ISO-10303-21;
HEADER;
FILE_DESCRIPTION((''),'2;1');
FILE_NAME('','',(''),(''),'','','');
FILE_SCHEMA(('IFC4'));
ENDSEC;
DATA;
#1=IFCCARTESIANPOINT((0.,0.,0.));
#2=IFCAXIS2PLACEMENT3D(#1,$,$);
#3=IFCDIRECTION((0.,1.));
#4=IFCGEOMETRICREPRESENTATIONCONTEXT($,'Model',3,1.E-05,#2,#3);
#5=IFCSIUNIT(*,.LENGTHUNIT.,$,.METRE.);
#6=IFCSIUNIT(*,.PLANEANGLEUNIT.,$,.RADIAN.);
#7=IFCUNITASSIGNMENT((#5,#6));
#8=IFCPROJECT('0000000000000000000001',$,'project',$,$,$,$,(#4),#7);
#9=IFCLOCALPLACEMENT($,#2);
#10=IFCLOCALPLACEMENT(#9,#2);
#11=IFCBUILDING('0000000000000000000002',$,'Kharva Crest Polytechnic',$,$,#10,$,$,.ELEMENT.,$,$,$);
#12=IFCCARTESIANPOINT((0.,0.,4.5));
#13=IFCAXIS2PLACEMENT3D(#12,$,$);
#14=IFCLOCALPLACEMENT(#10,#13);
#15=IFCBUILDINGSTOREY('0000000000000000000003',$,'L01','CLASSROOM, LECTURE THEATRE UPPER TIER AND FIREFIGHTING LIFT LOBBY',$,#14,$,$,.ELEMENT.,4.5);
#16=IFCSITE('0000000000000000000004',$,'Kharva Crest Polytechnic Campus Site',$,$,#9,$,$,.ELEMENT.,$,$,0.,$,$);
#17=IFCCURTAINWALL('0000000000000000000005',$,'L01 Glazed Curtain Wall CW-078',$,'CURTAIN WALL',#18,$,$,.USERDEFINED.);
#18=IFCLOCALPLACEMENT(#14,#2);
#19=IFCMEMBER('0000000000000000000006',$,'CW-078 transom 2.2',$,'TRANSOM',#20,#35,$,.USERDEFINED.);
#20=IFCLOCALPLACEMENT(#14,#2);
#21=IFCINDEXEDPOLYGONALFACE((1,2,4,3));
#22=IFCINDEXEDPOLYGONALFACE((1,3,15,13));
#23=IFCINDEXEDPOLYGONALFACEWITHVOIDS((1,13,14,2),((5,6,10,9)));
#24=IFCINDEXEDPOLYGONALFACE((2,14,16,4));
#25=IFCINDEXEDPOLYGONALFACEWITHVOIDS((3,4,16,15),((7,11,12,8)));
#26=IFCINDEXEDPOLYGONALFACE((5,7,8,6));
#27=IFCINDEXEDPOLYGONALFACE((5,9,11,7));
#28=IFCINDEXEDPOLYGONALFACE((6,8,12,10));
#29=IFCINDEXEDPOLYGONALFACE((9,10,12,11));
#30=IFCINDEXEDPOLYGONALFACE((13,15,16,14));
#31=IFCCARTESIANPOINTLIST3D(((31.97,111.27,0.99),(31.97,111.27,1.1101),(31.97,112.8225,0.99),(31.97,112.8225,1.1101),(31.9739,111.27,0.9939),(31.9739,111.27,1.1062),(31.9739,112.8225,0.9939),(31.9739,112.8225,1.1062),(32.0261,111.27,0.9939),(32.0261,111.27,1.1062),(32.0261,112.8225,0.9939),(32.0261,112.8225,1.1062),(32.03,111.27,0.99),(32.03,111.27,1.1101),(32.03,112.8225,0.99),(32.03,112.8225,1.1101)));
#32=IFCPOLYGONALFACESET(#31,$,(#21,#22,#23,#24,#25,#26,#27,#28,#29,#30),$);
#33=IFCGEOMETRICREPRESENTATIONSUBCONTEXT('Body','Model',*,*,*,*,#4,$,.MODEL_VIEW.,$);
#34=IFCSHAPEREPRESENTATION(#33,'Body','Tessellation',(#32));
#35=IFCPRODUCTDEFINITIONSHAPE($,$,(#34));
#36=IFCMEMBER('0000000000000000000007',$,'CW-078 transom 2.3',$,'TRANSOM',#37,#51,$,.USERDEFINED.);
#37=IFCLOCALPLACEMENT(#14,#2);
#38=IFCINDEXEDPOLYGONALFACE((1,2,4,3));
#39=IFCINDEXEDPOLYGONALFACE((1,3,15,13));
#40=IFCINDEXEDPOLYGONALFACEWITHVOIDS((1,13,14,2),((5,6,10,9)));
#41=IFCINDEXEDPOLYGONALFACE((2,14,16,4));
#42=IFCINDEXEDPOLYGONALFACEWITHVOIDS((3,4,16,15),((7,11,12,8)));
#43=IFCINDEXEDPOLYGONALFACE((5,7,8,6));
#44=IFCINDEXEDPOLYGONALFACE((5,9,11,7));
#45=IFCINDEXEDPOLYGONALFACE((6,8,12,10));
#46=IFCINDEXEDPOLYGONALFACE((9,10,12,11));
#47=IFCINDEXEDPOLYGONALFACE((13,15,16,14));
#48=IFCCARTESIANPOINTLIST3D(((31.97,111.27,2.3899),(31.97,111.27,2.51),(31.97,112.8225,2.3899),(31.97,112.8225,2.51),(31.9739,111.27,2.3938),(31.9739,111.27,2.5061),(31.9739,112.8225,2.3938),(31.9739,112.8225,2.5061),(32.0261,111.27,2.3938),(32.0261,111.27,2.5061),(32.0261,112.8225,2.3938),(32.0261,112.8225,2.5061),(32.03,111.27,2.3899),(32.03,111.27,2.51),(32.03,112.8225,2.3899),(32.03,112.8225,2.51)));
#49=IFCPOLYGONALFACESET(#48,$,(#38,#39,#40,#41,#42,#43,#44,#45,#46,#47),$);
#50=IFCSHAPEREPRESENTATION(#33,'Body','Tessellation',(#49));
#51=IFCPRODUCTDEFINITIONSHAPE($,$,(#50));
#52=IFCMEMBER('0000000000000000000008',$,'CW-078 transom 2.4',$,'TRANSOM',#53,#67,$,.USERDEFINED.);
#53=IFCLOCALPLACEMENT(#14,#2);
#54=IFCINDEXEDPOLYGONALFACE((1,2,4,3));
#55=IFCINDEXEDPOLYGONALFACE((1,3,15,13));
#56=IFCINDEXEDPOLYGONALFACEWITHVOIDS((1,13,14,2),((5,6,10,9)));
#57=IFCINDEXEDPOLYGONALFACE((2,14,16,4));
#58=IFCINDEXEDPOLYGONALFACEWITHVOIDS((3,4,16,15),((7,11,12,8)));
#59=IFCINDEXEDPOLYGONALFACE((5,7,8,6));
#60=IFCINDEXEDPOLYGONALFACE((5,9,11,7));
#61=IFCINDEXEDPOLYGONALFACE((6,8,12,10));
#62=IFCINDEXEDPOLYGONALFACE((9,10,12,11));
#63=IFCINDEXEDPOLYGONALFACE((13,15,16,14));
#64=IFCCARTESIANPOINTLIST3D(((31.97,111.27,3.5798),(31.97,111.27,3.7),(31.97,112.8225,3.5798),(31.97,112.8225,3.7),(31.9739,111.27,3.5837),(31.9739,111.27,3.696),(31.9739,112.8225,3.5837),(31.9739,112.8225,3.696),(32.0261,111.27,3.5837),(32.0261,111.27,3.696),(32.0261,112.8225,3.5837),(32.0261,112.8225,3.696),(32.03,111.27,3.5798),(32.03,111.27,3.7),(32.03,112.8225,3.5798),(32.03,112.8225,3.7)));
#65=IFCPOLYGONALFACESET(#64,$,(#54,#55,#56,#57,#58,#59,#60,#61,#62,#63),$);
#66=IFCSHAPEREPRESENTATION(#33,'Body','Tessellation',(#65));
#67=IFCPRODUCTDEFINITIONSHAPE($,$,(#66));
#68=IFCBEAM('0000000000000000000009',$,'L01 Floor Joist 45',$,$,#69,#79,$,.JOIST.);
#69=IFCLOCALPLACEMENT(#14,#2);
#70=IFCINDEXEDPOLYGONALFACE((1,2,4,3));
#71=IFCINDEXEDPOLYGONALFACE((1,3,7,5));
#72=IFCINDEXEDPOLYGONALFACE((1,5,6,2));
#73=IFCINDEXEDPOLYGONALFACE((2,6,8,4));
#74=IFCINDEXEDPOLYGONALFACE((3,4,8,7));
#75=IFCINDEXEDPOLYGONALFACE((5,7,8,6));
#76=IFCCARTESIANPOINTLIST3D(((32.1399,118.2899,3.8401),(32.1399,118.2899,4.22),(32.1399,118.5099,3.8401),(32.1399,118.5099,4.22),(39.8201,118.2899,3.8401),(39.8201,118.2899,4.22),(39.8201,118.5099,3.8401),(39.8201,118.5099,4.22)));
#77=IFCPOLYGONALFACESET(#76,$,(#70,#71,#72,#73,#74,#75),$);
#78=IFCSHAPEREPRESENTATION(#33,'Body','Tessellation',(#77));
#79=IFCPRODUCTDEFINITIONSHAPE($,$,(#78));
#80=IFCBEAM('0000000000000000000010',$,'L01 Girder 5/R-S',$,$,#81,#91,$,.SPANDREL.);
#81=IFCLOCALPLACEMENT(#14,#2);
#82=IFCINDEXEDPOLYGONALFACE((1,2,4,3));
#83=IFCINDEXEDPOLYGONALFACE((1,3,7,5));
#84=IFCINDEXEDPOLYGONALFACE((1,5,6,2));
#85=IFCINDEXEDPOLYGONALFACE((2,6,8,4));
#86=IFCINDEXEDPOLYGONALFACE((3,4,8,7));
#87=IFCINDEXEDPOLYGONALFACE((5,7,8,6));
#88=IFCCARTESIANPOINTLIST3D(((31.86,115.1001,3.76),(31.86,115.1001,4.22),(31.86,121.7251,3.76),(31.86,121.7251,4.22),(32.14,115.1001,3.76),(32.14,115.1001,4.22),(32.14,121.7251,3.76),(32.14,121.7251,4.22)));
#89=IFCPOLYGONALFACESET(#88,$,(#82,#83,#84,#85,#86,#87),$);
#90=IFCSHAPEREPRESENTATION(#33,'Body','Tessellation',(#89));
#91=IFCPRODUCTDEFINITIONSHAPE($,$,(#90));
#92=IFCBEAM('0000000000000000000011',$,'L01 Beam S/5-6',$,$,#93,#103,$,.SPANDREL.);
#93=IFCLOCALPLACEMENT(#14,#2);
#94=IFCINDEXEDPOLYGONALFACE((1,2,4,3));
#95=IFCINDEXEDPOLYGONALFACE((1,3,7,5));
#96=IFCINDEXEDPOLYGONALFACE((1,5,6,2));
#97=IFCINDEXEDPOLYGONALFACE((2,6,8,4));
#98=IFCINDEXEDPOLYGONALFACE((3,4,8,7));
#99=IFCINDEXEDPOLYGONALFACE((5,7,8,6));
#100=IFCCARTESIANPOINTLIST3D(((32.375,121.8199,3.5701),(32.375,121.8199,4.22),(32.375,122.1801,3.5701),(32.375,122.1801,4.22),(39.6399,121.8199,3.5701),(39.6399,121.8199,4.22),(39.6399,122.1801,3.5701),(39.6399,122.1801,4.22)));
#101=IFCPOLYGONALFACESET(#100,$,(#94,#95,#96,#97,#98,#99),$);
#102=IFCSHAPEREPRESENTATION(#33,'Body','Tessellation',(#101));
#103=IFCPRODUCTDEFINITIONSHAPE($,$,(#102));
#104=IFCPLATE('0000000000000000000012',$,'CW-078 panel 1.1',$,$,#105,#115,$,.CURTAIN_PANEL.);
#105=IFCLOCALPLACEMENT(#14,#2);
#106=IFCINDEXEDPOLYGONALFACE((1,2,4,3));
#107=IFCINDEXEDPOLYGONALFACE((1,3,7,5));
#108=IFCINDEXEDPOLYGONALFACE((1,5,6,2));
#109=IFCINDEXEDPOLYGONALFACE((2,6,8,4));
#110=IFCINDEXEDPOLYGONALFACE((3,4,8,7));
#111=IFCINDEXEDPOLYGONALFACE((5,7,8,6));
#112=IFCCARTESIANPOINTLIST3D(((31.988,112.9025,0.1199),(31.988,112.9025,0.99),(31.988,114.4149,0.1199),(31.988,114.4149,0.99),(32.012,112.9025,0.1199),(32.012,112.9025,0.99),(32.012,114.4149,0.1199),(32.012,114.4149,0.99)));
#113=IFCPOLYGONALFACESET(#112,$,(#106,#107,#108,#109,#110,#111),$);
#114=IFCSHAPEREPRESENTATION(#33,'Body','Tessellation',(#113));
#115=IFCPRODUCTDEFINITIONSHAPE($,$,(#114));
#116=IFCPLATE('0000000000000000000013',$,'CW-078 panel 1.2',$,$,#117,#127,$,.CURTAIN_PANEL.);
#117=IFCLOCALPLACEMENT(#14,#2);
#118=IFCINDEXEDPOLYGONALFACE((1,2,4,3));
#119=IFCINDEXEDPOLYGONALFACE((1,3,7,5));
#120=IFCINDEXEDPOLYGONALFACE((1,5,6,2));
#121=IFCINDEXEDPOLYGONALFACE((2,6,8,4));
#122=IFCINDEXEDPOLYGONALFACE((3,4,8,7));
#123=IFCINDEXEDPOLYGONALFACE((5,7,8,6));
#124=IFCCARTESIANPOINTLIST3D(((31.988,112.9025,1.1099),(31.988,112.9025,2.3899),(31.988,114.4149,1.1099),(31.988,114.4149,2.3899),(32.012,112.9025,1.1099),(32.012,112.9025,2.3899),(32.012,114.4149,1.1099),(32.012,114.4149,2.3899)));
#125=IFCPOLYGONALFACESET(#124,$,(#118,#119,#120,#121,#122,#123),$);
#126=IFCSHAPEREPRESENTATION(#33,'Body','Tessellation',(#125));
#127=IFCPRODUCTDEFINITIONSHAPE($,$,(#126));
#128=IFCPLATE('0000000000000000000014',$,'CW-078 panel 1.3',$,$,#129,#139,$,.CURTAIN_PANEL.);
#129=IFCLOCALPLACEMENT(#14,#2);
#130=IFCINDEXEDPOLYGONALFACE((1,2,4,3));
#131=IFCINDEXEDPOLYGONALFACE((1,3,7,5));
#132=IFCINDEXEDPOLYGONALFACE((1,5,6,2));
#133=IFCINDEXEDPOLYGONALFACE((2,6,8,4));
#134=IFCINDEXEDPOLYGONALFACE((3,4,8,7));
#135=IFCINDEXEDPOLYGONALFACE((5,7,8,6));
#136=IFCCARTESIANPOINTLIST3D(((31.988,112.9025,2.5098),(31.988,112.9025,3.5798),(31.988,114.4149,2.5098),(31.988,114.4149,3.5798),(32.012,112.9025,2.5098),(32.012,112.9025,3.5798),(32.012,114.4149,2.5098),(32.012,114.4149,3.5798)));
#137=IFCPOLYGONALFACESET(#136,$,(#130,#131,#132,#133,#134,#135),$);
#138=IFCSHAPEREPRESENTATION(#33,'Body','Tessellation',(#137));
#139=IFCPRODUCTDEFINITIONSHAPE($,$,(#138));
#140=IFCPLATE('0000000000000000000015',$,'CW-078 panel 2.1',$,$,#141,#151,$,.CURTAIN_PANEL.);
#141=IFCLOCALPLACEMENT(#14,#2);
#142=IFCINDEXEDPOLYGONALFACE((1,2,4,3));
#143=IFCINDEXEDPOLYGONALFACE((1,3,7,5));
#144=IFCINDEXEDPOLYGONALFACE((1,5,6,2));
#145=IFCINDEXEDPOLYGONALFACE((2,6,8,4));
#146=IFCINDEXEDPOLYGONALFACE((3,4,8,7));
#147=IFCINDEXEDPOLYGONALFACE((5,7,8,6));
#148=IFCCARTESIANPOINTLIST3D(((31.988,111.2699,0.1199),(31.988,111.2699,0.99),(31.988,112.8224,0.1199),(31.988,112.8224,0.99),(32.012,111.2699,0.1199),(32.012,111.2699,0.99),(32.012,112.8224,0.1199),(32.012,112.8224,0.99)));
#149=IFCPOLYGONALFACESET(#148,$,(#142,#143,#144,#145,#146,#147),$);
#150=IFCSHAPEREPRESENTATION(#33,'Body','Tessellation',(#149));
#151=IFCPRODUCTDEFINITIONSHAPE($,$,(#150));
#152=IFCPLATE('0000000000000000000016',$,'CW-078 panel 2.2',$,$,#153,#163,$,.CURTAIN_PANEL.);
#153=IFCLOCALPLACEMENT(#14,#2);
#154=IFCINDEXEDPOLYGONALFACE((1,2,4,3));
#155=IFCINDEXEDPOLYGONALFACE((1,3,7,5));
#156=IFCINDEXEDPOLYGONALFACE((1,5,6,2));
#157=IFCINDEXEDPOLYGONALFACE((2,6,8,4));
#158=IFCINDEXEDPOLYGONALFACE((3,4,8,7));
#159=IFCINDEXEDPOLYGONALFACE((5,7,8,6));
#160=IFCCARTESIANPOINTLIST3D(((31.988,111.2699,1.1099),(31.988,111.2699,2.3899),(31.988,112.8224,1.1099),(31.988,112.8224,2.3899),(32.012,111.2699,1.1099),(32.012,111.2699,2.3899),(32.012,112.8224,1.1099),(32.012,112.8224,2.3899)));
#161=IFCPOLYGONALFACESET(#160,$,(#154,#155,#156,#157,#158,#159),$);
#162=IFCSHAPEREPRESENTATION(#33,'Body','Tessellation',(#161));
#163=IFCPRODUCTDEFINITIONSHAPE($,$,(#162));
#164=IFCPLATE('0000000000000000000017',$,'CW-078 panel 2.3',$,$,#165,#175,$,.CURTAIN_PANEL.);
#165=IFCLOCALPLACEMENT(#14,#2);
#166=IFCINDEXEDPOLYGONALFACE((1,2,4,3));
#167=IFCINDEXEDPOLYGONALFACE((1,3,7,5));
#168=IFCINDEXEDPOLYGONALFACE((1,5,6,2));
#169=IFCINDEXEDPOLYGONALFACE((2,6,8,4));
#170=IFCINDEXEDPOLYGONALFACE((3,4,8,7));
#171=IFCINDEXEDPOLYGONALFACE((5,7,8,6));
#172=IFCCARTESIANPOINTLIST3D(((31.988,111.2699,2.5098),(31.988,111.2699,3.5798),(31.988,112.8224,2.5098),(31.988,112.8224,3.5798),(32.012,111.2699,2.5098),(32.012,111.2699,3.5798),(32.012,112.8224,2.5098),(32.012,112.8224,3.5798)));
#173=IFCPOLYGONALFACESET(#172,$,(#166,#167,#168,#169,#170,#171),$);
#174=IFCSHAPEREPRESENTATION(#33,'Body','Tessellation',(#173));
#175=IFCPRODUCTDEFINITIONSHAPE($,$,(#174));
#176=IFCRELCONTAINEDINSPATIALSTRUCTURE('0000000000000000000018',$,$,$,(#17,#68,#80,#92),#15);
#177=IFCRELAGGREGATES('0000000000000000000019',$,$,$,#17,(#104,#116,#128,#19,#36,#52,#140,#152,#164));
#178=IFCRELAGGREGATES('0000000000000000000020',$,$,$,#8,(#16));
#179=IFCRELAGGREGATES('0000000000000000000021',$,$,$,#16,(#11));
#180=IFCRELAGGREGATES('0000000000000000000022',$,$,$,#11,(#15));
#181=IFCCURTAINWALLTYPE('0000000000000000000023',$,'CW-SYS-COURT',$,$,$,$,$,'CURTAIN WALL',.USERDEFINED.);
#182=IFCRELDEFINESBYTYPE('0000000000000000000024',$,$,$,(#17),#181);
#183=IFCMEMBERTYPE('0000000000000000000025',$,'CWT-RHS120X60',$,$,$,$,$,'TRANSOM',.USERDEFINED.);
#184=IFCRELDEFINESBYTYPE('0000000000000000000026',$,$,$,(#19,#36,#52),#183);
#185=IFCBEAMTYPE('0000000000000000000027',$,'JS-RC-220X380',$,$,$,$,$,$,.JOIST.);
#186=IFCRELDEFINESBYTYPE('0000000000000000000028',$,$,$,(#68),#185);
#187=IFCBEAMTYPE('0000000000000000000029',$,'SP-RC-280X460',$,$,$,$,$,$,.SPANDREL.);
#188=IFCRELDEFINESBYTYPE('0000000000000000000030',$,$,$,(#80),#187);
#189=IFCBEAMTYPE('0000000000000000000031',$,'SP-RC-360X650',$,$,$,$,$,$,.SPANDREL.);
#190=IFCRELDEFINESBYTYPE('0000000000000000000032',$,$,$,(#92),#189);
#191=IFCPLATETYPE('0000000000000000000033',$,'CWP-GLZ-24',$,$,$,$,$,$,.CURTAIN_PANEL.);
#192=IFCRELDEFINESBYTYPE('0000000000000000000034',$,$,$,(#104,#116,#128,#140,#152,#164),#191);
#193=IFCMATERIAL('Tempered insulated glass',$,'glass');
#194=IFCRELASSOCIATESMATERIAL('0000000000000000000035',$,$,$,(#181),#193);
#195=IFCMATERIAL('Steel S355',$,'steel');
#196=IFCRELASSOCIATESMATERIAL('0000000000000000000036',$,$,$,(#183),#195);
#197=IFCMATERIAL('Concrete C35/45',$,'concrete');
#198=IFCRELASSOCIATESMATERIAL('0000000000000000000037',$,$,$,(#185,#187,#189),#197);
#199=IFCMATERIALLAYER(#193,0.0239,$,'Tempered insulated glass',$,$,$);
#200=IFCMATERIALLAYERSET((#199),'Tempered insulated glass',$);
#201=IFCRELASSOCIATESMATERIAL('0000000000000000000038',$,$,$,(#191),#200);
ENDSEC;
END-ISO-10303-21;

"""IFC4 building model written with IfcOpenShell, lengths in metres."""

from ifc_helpers import new_model, si_unit, direction, frame, origin, origin_2d, place, context, subcontext, project, spatial, rectangle, hollow_rectangle, extrude, material, layer, layer_set, material_profile, profile_set, type_object, element, aggregate, save


model = new_model("IFC4")

# Units and contexts
model_context = context("Model", 3, precision=1e-05, world=origin(), true_north=direction((0.0, 1.0)))
body_context = subcontext(model_context, "Body", "Model", "MODEL_VIEW")
ifc_project = project(units=[si_unit("LENGTHUNIT", "METRE"), si_unit("PLANEANGLEUNIT", "RADIAN")], contexts=[model_context])

# Site, building, storey
site_placement = place(None, origin())
site = spatial("IfcSite", under=ifc_project, at=site_placement, Name="Kharva Crest Polytechnic Campus Site", CompositionType="ELEMENT", RefElevation=0.0)
building_placement = place(site_placement, origin())
building = spatial("IfcBuilding", under=site, at=building_placement, Name="Kharva Crest Polytechnic", CompositionType="ELEMENT")
storey_placement = place(building_placement, frame((0.0, 0.0, 4.5)))
storey = spatial("IfcBuildingStorey", under=building, at=storey_placement, Name="L01", Description="CLASSROOM, LECTURE THEATRE UPPER TIER AND FIREFIGHTING LIFT LOBBY", CompositionType="ELEMENT", Elevation=4.5)

# Shared definitions
ifc_material_1 = material(Name="Concrete C35/45", Category="concrete")

# Shared definitions
ifc_material_2 = material(Name="Tempered insulated glass", Category="glass")
curtain_wall_type = type_object("IfcCurtainWallType", Name="CW-SYS-COURT", ElementType="CURTAIN WALL", PredefinedType="USERDEFINED", material=ifc_material_2)
ifc_material_3 = material(Name="Steel S355", Category="steel")

# Curtain wall, members
curtain_wall_1_placement = place(storey_placement, origin())
curtain_wall_1 = element("IfcCurtainWall", 1, at=curtain_wall_1_placement, inside=storey, type_object=curtain_wall_type, Name="L01 Glazed Curtain Wall CW-078", ObjectType="CURTAIN WALL", PredefinedType="USERDEFINED")
ifc_material_profile_1 = material_profile(ifc_material_3, hollow_rectangle(XDim=0.0601, YDim=0.1201, WallThickness=0.0039, at=origin_2d()), Name="RHS 120X60X4.0")
ifc_profile_set_1 = profile_set([ifc_material_profile_1], Name="Steel S355")
member_type_1 = type_object("IfcMemberType", Name="CWT-RHS120X60", ElementType="TRANSOM", PredefinedType="USERDEFINED", material=ifc_profile_set_1)
member_1_placement = place(storey_placement, frame((32.0, 112.8225, 1.05), z_axis=(0.0, -1.0, 0.0), x_axis=(1.0, 0.0, 0.0)))
member_1 = element("IfcMember", 2, at=member_1_placement, type_object=member_type_1, Name="CW-078 transom 2.2", ObjectType="TRANSOM", PredefinedType="USERDEFINED", context=body_context, shape_type="SweptSolid", body=[
    extrude(hollow_rectangle(XDim=0.0601, YDim=0.1201, WallThickness=0.0039, at=origin_2d()), origin(), (0.0, 0.0, 1.0), 1.5525),
])
member_2_placement = place(storey_placement, frame((32.0, 112.8225, 2.45), z_axis=(0.0, -1.0, 0.0), x_axis=(1.0, 0.0, 0.0)))
member_2 = element("IfcMember", 3, at=member_2_placement, type_object=member_type_1, Name="CW-078 transom 2.3", ObjectType="TRANSOM", PredefinedType="USERDEFINED", context=body_context, shape_type="SweptSolid", body=[
    extrude(hollow_rectangle(XDim=0.0601, YDim=0.1201, WallThickness=0.0039, at=origin_2d()), origin(), (0.0, 0.0, 1.0), 1.5525),
])
member_3_placement = place(storey_placement, frame((32.0, 112.8225, 3.6399), z_axis=(0.0, -1.0, 0.0), x_axis=(1.0, 0.0, 0.0)))
member_3 = element("IfcMember", 4, at=member_3_placement, type_object=member_type_1, Name="CW-078 transom 2.4", ObjectType="TRANSOM", PredefinedType="USERDEFINED", context=body_context, shape_type="SweptSolid", body=[
    extrude(hollow_rectangle(XDim=0.0601, YDim=0.1201, WallThickness=0.0039, at=origin_2d()), origin(), (0.0, 0.0, 1.0), 1.5525),
])

# Beams
ifc_material_profile_2 = material_profile(ifc_material_1, rectangle(XDim=0.22, YDim=0.3799, at=origin_2d()), Name="RECT 220 X 380")
ifc_profile_set_2 = profile_set([ifc_material_profile_2], Name="Concrete C35/45")
beam_type_1 = type_object("IfcBeamType", Name="JS-RC-220X380", PredefinedType="JOIST", material=ifc_profile_set_2)
beam_1_placement = place(storey_placement, frame((32.1399, 118.3999, 4.03), z_axis=(1.0, 0.0, 0.0), x_axis=(0.0, 1.0, 0.0)))
element("IfcBeam", 5, at=beam_1_placement, inside=storey, type_object=beam_type_1, Name="L01 Floor Joist 45", PredefinedType="JOIST", context=body_context, shape_type="SweptSolid", body=[
    extrude(rectangle(XDim=0.22, YDim=0.3799, at=origin_2d()), origin(), (0.0, 0.0, 1.0), 7.6802),
])
ifc_material_profile_3 = material_profile(ifc_material_1, rectangle(XDim=0.28, YDim=0.46, at=origin_2d()), Name="RECT 280 X 460")
ifc_profile_set_3 = profile_set([ifc_material_profile_3], Name="Concrete C35/45")
beam_type_2 = type_object("IfcBeamType", Name="SP-RC-280X460", PredefinedType="SPANDREL", material=ifc_profile_set_3)
beam_2_placement = place(storey_placement, frame((32.0, 115.1001, 3.99), z_axis=(0.0, 1.0, 0.0), x_axis=(-1.0, 0.0, 0.0)))
element("IfcBeam", 6, at=beam_2_placement, inside=storey, type_object=beam_type_2, Name="L01 Girder 5/R-S", PredefinedType="SPANDREL", context=body_context, shape_type="SweptSolid", body=[
    extrude(rectangle(XDim=0.28, YDim=0.46, at=origin_2d()), origin(), (0.0, 0.0, 1.0), 6.625),
])
ifc_material_profile_4 = material_profile(ifc_material_1, rectangle(XDim=0.3601, YDim=0.6499, at=origin_2d()), Name="RECT 360 X 650")
ifc_profile_set_4 = profile_set([ifc_material_profile_4], Name="Concrete C35/45")
beam_type_3 = type_object("IfcBeamType", Name="SP-RC-360X650", PredefinedType="SPANDREL", material=ifc_profile_set_4)
beam_3_placement = place(storey_placement, frame((32.375, 122.0, 3.895), z_axis=(1.0, 0.0, 0.0), x_axis=(0.0, 1.0, 0.0)))
element("IfcBeam", 7, at=beam_3_placement, inside=storey, type_object=beam_type_3, Name="L01 Beam S/5-6", PredefinedType="SPANDREL", context=body_context, shape_type="SweptSolid", body=[
    extrude(rectangle(XDim=0.3601, YDim=0.6499, at=origin_2d()), origin(), (0.0, 0.0, 1.0), 7.2649),
])

# Plates
ifc_layer_1 = layer(ifc_material_2, 0.0239, Name="Tempered insulated glass")
ifc_layer_set_1 = layer_set([ifc_layer_1], Name="Tempered insulated glass")
plate_type = type_object("IfcPlateType", Name="CWP-GLZ-24", PredefinedType="CURTAIN_PANEL", material=ifc_layer_set_1)
plate_1_placement = place(storey_placement, frame((32.0, 113.6587, 0.1199), z_axis=(0.0, 0.0, 1.0), x_axis=(0.0, -1.0, 0.0)))
plate_1 = element("IfcPlate", 8, at=plate_1_placement, type_object=plate_type, Name="CW-078 panel 1.1", PredefinedType="CURTAIN_PANEL", context=body_context, shape_type="SweptSolid", body=[
    extrude(rectangle(XDim=1.5125, YDim=0.0239, at=origin_2d()), origin(), (0.0, 0.0, 1.0), 0.8701),
])
plate_2_placement = place(storey_placement, frame((32.0, 113.6587, 1.1099), z_axis=(0.0, 0.0, 1.0), x_axis=(0.0, -1.0, 0.0)))
plate_2 = element("IfcPlate", 9, at=plate_2_placement, type_object=plate_type, Name="CW-078 panel 1.2", PredefinedType="CURTAIN_PANEL", context=body_context, shape_type="SweptSolid", body=[
    extrude(rectangle(XDim=1.5125, YDim=0.0239, at=origin_2d()), origin(), (0.0, 0.0, 1.0), 1.28),
])
plate_3_placement = place(storey_placement, frame((32.0, 113.6587, 2.5098), z_axis=(0.0, 0.0, 1.0), x_axis=(0.0, -1.0, 0.0)))
plate_3 = element("IfcPlate", 10, at=plate_3_placement, type_object=plate_type, Name="CW-078 panel 1.3", PredefinedType="CURTAIN_PANEL", context=body_context, shape_type="SweptSolid", body=[
    extrude(rectangle(XDim=1.5125, YDim=0.0239, at=origin_2d()), origin(), (0.0, 0.0, 1.0), 1.0701),
])
plate_4_placement = place(storey_placement, frame((32.0, 112.0461, 0.1199), z_axis=(0.0, 0.0, 1.0), x_axis=(0.0, -1.0, 0.0)))
plate_4 = element("IfcPlate", 11, at=plate_4_placement, type_object=plate_type, Name="CW-078 panel 2.1", PredefinedType="CURTAIN_PANEL", context=body_context, shape_type="SweptSolid", body=[
    extrude(rectangle(XDim=1.5525, YDim=0.0239, at=origin_2d()), origin(), (0.0, 0.0, 1.0), 0.8701),
])
plate_5_placement = place(storey_placement, frame((32.0, 112.0461, 1.1099), z_axis=(0.0, 0.0, 1.0), x_axis=(0.0, -1.0, 0.0)))
plate_5 = element("IfcPlate", 12, at=plate_5_placement, type_object=plate_type, Name="CW-078 panel 2.2", PredefinedType="CURTAIN_PANEL", context=body_context, shape_type="SweptSolid", body=[
    extrude(rectangle(XDim=1.5525, YDim=0.0239, at=origin_2d()), origin(), (0.0, 0.0, 1.0), 1.28),
])
plate_6_placement = place(storey_placement, frame((32.0, 112.0461, 2.5098), z_axis=(0.0, 0.0, 1.0), x_axis=(0.0, -1.0, 0.0)))
plate_6 = element("IfcPlate", 13, at=plate_6_placement, type_object=plate_type, Name="CW-078 panel 2.3", PredefinedType="CURTAIN_PANEL", context=body_context, shape_type="SweptSolid", body=[
    extrude(rectangle(XDim=1.5525, YDim=0.0239, at=origin_2d()), origin(), (0.0, 0.0, 1.0), 1.0701),
])
aggregate(curtain_wall_1, [plate_1, plate_2, plate_3, member_1, member_2, member_3, plate_4, plate_5, plate_6])

save(model, "model.ifc")
